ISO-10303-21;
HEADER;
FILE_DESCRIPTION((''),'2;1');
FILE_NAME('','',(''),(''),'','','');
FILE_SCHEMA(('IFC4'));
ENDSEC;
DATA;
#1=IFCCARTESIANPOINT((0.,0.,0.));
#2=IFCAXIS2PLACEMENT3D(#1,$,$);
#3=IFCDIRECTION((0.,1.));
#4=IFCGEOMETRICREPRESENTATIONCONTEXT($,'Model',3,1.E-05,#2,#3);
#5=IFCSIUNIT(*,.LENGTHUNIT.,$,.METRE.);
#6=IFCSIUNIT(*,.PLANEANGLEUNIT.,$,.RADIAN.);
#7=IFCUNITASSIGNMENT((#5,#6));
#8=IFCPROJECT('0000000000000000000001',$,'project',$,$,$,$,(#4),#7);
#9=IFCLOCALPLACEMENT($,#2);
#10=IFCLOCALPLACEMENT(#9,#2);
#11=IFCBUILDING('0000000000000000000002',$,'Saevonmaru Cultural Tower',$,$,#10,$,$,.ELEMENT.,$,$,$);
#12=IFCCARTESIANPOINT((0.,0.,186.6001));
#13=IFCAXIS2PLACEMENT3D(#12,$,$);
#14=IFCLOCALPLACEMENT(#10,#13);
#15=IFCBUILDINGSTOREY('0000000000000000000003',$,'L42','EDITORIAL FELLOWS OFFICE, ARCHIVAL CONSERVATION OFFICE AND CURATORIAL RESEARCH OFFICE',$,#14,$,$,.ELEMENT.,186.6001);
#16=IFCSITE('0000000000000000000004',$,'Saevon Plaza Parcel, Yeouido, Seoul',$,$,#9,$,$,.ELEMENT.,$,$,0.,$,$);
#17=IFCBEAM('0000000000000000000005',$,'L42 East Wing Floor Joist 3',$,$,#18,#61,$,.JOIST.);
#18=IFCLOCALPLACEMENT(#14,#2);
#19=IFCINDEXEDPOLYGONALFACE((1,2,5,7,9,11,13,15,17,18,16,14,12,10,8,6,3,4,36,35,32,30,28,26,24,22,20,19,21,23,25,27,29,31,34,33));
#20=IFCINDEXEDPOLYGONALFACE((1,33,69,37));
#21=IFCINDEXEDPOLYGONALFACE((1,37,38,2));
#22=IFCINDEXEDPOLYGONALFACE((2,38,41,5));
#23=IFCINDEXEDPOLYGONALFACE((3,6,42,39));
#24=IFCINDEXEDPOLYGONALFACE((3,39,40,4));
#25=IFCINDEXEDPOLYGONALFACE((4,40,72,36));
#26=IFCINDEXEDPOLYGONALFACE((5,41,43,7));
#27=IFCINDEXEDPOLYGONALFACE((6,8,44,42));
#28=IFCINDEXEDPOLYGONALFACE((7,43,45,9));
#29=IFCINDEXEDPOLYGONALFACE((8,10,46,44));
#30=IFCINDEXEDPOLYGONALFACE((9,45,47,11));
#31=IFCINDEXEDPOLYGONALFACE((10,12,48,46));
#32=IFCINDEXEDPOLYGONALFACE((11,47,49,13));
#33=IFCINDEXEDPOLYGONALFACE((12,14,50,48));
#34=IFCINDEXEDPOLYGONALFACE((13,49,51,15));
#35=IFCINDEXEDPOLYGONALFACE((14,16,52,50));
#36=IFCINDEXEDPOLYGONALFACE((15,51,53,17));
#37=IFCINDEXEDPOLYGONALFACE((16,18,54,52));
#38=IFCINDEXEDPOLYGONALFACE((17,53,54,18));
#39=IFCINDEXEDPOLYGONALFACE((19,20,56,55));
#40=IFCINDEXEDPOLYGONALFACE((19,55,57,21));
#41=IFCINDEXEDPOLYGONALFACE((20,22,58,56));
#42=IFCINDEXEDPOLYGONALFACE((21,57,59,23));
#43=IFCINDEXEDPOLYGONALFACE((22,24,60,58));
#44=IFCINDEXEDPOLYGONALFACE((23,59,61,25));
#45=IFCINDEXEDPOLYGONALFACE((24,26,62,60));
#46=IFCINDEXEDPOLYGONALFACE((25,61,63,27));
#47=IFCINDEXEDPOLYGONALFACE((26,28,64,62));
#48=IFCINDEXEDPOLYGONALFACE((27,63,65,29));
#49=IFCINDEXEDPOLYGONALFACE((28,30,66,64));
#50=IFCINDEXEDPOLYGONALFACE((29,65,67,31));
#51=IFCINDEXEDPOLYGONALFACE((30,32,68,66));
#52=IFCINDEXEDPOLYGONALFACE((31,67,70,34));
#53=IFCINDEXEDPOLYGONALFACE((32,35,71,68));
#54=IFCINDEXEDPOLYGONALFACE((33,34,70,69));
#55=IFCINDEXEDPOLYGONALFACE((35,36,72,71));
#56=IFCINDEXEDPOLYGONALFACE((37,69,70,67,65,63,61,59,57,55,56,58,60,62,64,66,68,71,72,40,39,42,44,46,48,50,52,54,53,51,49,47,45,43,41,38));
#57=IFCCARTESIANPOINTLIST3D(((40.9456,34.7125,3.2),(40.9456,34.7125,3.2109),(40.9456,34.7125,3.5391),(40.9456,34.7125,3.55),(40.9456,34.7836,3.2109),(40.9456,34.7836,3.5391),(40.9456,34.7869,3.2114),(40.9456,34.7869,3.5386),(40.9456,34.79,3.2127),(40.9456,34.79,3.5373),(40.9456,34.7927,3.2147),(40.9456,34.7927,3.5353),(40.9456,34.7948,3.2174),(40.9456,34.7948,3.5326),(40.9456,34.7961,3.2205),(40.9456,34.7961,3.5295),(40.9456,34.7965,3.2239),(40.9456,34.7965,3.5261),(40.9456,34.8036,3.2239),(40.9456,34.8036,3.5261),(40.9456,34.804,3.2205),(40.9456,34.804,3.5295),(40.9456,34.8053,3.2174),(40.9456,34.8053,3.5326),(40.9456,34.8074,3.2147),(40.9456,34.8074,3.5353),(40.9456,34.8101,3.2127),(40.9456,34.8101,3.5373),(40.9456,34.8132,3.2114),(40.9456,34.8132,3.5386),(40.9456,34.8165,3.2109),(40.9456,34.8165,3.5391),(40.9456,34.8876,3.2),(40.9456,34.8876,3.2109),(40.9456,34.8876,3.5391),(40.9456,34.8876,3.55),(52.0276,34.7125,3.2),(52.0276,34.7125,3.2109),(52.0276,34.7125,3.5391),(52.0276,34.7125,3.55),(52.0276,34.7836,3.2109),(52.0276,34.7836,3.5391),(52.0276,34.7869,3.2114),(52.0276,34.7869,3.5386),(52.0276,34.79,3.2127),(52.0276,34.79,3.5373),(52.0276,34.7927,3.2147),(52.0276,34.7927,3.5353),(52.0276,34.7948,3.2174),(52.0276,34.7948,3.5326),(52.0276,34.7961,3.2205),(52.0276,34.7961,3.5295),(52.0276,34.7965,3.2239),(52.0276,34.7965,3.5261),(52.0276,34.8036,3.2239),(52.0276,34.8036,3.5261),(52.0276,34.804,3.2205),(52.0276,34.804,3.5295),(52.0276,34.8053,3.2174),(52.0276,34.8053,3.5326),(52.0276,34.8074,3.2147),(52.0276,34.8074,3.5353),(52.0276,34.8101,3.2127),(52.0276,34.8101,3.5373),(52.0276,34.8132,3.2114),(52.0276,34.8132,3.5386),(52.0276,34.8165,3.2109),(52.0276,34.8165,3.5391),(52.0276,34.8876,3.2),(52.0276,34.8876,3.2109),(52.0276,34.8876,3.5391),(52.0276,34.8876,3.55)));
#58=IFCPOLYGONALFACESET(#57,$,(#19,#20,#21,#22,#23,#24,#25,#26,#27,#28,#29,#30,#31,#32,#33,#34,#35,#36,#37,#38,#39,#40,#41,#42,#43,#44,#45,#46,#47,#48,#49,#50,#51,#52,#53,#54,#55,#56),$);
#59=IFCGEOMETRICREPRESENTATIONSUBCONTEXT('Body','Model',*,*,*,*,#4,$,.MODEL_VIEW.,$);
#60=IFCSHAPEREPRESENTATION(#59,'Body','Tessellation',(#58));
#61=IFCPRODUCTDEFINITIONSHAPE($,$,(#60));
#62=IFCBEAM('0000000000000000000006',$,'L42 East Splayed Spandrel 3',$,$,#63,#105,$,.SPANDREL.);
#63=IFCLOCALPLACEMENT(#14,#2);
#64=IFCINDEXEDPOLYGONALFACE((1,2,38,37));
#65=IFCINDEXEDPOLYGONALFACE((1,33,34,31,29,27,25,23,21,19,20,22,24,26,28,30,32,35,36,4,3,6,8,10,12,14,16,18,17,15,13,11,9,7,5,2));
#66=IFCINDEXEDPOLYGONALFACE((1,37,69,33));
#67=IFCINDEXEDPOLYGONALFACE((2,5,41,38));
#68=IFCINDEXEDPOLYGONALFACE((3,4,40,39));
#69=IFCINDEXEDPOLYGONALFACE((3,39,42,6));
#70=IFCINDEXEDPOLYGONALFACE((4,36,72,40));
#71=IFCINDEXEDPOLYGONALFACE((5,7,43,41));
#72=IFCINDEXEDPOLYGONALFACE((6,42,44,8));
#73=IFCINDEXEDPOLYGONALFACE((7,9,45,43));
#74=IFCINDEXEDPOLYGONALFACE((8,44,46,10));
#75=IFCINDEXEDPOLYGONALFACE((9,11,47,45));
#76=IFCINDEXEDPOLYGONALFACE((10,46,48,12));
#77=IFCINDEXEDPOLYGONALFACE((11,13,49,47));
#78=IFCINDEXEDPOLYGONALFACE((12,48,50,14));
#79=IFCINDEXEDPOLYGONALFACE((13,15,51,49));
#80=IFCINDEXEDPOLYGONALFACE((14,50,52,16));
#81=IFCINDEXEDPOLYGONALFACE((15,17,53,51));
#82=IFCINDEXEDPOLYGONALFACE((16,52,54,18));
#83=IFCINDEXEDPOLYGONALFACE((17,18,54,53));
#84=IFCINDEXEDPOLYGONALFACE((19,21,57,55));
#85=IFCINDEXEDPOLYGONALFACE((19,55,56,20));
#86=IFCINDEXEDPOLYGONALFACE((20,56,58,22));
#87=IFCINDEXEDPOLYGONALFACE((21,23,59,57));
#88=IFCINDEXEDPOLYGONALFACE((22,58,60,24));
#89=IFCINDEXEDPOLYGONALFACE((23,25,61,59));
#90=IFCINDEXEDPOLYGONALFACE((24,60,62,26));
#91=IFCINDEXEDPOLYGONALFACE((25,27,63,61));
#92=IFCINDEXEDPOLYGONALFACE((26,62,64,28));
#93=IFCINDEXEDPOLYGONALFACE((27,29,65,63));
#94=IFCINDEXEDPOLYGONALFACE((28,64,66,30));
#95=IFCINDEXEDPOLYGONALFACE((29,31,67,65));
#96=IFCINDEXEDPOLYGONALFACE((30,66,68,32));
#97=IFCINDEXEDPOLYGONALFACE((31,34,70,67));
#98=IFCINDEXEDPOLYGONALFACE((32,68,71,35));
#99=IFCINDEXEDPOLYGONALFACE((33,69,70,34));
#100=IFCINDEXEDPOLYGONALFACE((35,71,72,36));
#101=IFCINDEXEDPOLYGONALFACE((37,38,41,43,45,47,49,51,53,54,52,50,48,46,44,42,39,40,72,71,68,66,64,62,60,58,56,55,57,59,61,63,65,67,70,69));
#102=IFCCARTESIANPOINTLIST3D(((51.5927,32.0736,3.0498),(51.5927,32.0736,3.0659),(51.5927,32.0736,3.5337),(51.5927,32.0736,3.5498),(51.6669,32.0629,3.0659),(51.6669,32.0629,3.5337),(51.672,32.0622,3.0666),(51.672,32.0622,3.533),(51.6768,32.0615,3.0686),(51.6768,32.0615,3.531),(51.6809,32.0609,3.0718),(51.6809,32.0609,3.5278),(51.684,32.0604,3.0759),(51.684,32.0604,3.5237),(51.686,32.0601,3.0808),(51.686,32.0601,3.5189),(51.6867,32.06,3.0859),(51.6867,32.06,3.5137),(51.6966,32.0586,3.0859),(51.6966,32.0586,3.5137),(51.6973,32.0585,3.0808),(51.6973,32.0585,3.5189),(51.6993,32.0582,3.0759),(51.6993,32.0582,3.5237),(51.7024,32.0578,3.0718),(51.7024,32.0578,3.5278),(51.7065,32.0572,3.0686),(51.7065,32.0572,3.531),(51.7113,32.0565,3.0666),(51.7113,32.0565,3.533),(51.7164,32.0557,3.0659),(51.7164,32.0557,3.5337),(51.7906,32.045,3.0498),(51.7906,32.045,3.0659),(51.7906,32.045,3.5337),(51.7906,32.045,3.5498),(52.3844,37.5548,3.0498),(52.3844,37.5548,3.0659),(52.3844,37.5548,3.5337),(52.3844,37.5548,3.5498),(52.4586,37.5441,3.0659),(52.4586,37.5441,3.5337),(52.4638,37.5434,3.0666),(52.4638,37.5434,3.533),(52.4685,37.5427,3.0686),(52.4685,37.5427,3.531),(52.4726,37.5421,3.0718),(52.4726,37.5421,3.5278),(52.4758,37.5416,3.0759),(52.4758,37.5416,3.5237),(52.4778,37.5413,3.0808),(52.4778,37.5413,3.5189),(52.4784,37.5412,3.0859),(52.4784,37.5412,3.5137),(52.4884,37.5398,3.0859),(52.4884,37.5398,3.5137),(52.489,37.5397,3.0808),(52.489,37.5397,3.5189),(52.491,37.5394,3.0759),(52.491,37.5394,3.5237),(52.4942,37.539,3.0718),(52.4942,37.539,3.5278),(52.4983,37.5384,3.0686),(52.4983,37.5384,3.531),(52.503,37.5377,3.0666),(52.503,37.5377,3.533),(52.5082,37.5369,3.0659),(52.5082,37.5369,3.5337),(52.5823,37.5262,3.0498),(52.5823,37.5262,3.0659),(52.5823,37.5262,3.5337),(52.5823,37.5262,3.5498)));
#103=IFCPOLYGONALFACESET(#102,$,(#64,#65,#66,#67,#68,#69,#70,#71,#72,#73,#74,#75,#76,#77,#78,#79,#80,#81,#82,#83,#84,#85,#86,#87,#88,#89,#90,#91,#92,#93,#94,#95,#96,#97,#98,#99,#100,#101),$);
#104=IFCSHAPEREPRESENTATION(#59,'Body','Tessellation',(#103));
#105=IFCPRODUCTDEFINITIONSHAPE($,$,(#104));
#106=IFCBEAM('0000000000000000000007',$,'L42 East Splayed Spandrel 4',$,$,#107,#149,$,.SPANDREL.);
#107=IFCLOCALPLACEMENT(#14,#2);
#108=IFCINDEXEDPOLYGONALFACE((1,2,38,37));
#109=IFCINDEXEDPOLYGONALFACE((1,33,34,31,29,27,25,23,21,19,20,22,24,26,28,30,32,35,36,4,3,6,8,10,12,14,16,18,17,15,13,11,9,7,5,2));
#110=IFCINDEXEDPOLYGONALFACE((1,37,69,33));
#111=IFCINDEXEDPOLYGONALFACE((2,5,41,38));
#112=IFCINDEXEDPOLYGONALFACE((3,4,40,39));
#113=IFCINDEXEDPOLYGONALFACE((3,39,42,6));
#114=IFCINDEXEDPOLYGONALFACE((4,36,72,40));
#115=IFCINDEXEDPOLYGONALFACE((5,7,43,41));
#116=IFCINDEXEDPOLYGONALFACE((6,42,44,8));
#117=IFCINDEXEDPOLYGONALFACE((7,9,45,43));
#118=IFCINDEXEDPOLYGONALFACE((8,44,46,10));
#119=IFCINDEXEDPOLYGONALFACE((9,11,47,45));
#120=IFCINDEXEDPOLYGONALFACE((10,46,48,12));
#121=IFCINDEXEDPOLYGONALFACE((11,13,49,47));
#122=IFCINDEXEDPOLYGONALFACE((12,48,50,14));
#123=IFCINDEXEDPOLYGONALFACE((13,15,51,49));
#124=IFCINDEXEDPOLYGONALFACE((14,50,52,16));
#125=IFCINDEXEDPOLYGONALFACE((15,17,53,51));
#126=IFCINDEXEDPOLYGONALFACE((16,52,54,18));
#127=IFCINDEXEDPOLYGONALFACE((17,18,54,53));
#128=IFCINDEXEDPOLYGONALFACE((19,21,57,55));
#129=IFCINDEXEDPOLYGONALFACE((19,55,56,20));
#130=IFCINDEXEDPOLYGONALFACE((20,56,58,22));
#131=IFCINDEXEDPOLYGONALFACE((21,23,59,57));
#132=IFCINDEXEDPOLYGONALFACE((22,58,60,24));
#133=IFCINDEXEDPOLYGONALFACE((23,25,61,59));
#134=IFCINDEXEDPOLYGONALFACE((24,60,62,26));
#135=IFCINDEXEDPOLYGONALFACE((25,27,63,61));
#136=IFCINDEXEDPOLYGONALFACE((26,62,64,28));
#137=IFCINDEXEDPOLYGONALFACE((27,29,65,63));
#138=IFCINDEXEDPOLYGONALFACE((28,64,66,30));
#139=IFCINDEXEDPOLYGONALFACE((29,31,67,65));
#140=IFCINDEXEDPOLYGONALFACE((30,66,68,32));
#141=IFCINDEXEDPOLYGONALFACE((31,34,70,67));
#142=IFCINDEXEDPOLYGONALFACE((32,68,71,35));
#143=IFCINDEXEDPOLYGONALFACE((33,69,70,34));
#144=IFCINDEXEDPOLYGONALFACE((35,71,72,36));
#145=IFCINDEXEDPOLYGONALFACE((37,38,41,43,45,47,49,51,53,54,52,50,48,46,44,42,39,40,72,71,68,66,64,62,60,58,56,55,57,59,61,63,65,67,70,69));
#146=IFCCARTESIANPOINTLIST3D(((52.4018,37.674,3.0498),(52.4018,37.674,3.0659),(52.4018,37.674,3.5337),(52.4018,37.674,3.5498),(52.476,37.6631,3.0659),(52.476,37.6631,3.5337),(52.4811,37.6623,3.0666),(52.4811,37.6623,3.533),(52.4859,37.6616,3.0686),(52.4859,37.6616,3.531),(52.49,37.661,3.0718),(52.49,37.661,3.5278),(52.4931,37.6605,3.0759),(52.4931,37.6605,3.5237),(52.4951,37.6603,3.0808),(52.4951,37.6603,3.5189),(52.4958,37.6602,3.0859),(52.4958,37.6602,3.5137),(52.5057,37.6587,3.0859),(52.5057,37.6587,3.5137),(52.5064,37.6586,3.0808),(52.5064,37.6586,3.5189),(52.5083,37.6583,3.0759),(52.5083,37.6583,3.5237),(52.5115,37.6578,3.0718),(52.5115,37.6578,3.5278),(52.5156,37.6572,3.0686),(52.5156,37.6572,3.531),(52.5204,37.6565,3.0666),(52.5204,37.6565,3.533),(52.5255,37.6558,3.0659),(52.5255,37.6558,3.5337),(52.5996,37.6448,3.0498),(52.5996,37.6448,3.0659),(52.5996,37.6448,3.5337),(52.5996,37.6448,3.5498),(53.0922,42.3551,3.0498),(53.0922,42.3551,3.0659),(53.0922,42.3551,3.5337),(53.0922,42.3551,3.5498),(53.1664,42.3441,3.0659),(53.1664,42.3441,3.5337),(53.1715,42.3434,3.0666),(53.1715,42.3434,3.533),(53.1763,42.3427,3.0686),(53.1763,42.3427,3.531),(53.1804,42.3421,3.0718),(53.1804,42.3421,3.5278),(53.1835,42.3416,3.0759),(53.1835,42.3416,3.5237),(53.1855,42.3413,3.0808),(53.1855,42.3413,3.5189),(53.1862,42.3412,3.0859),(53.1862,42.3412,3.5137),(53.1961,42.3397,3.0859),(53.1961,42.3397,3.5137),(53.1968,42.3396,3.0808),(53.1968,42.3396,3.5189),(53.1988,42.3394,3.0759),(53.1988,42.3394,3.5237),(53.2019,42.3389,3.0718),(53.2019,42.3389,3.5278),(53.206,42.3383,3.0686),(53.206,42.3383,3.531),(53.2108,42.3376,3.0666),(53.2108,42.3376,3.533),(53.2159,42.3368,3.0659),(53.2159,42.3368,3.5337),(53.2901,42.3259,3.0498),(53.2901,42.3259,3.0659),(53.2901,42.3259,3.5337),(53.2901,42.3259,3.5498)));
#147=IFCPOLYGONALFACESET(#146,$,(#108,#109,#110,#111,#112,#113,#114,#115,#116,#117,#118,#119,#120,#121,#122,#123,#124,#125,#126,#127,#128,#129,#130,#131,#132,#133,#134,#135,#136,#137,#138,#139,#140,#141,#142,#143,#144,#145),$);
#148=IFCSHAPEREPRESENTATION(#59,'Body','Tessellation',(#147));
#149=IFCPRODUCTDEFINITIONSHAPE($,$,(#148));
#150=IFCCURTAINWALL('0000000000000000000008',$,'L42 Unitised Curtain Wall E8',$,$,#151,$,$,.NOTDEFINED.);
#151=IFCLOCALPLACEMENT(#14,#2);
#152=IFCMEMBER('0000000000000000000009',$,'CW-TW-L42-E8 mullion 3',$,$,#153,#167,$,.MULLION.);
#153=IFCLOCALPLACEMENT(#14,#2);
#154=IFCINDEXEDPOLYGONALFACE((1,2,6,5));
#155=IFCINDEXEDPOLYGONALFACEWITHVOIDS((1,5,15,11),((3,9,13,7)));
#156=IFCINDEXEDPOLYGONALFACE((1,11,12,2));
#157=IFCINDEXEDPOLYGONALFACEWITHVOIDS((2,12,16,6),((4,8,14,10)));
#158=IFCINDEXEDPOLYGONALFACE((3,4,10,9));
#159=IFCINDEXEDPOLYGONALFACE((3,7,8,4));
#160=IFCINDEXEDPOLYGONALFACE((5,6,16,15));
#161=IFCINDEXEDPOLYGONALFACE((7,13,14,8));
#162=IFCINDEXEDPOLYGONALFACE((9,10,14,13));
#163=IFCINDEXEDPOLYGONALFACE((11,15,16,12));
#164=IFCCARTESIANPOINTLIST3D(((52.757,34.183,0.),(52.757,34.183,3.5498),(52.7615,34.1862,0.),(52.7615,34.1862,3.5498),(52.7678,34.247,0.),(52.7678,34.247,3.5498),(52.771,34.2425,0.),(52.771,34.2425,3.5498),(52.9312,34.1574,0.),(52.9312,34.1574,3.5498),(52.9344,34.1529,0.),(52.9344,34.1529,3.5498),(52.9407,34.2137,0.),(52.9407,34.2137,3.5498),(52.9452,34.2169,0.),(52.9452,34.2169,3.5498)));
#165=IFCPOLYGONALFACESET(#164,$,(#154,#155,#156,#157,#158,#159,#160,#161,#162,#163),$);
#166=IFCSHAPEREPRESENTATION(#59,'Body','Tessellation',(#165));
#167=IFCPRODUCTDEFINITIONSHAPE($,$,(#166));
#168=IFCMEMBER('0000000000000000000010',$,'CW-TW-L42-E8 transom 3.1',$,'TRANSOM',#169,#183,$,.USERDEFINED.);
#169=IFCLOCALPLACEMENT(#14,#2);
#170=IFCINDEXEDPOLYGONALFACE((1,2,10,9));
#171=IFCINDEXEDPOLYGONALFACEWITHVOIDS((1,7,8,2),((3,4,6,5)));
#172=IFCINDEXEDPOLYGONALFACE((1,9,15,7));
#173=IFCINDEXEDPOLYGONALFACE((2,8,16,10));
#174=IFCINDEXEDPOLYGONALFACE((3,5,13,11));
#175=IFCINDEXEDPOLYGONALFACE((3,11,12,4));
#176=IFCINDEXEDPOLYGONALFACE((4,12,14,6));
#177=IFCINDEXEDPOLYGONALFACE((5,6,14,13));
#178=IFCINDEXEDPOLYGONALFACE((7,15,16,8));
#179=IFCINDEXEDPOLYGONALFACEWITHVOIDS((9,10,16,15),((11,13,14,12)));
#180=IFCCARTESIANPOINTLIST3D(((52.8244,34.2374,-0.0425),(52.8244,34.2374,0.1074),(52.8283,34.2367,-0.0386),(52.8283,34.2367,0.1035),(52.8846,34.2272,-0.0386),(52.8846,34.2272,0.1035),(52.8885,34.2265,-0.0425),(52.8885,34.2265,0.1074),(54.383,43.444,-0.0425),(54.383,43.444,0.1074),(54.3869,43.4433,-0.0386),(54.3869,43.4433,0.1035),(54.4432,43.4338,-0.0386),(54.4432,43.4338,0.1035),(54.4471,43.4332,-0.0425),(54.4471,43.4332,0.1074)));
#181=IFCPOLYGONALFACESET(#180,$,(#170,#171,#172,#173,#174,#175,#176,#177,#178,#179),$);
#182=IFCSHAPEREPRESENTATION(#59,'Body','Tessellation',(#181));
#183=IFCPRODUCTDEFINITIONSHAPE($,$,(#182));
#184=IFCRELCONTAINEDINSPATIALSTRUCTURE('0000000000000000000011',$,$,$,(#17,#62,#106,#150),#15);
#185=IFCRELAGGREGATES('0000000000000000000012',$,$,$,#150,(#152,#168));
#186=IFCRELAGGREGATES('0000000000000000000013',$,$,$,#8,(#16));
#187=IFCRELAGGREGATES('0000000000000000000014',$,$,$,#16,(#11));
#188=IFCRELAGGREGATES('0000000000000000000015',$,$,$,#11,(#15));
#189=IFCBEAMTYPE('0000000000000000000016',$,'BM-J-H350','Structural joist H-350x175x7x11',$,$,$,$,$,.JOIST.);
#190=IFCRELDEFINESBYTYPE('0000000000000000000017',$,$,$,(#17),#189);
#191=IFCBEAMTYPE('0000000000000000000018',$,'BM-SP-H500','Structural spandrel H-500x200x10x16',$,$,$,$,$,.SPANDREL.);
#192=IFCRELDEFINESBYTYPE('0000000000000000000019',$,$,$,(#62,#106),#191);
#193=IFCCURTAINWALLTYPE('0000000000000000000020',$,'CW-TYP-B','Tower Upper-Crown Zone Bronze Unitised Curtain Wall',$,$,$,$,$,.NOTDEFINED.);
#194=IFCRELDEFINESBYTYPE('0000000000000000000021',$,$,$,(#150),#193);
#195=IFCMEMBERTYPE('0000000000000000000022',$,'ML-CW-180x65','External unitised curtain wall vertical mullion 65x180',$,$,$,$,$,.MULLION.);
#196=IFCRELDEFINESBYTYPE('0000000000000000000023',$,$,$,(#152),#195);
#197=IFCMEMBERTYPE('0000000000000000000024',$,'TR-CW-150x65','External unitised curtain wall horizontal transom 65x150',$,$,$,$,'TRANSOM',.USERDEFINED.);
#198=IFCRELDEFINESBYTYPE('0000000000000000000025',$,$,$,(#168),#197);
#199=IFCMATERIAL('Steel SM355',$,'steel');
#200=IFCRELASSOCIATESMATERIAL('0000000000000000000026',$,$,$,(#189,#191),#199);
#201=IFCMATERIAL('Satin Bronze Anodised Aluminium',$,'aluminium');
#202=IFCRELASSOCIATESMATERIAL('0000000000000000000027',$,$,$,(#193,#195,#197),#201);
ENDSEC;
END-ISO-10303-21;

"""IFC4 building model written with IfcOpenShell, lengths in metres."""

from ifc_helpers import new_model, si_unit, direction, frame, origin, origin_2d, place, context, subcontext, project, spatial, hollow_rectangle, i_section, extrude, material, material_profile, profile_set, type_object, element, aggregate, save


model = new_model("IFC4")

# Units and contexts
model_context = context("Model", 3, precision=1e-05, world=origin(), true_north=direction((0.0, 1.0)))
body_context = subcontext(model_context, "Body", "Model", "MODEL_VIEW")
ifc_project = project(units=[si_unit("LENGTHUNIT", "METRE"), si_unit("PLANEANGLEUNIT", "RADIAN")], contexts=[model_context])

# Site, building, storey
site_placement = place(None, origin())
site = spatial("IfcSite", under=ifc_project, at=site_placement, Name="Saevon Plaza Parcel, Yeouido, Seoul", CompositionType="ELEMENT", RefElevation=0.0)
building_placement = place(site_placement, origin())
building = spatial("IfcBuilding", under=site, at=building_placement, Name="Saevonmaru Cultural Tower", CompositionType="ELEMENT")
storey_placement = place(building_placement, frame((0.0, 0.0, 186.6001)))
storey = spatial("IfcBuildingStorey", under=building, at=storey_placement, Name="L42", Description="EDITORIAL FELLOWS OFFICE, ARCHIVAL CONSERVATION OFFICE AND CURATORIAL RESEARCH OFFICE", CompositionType="ELEMENT", Elevation=186.6001)

# Shared definitions
ifc_material_1 = material(Name="Steel SM355", Category="steel")

# Beams
ifc_material_profile_1 = material_profile(ifc_material_1, i_section(OverallWidth=0.175, OverallDepth=0.3501, WebThickness=0.0071, FlangeThickness=0.011, FilletRadius=0.0129, at=origin_2d()), Name="H-350x175x7x11")
ifc_profile_set_1 = profile_set([ifc_material_profile_1], Name="Steel SM355")
beam_type_1 = type_object("IfcBeamType", Name="BM-J-H350", Description="Structural joist H-350x175x7x11", PredefinedType="JOIST", material=ifc_profile_set_1)
beam_1_placement = place(storey_placement, frame((40.9456, 34.8, 3.375), z_axis=(1.0, 0.0, 0.0), x_axis=(0.0, 1.0, 0.0)))
element("IfcBeam", 1, at=beam_1_placement, inside=storey, type_object=beam_type_1, Name="L42 East Wing Floor Joist 3", PredefinedType="JOIST", context=body_context, shape_type="SweptSolid", body=[
    extrude(i_section(OverallWidth=0.175, OverallDepth=0.3501, WebThickness=0.0071, FlangeThickness=0.011, FilletRadius=0.0129, at=origin_2d()), origin(), (0.0, 0.0, 1.0), 11.082),
])
ifc_material_profile_2 = material_profile(ifc_material_1, i_section(OverallWidth=0.2, OverallDepth=0.5, WebThickness=0.01, FlangeThickness=0.0161, FilletRadius=0.02, at=origin_2d()), Name="H-500x200x10x16")
ifc_profile_set_2 = profile_set([ifc_material_profile_2], Name="Steel SM355")
beam_type_2 = type_object("IfcBeamType", Name="BM-SP-H500", Description="Structural spandrel H-500x200x10x16", PredefinedType="SPANDREL", material=ifc_profile_set_2)
beam_2_placement = place(storey_placement, frame((51.6917, 32.0593, 3.2998), z_axis=(0.142964, 0.989728, 0.0), x_axis=(-0.989728, 0.142964, 0.0)))
element("IfcBeam", 2, at=beam_2_placement, inside=storey, type_object=beam_type_2, Name="L42 East Splayed Spandrel 3", PredefinedType="SPANDREL", context=body_context, shape_type="SweptSolid", body=[
    extrude(i_section(OverallWidth=0.2, OverallDepth=0.5, WebThickness=0.01, FlangeThickness=0.0161, FilletRadius=0.02, at=origin_2d()), origin(), (0.0, 0.0, 1.0), 5.5381),
])
beam_3_placement = place(storey_placement, frame((52.5007, 37.6594, 3.2998), z_axis=(0.145913, 0.989297, 0.0), x_axis=(-0.989297, 0.145913, 0.0)))
element("IfcBeam", 3, at=beam_3_placement, inside=storey, type_object=beam_type_2, Name="L42 East Splayed Spandrel 4", PredefinedType="SPANDREL", context=body_context, shape_type="SweptSolid", body=[
    extrude(i_section(OverallWidth=0.2, OverallDepth=0.5, WebThickness=0.01, FlangeThickness=0.0161, FilletRadius=0.02, at=origin_2d()), origin(), (0.0, 0.0, 1.0), 4.7317),
])

# Curtain wall, members
ifc_material_2 = material(Name="Satin Bronze Anodised Aluminium", Category="aluminium")
curtain_wall_type = type_object("IfcCurtainWallType", Name="CW-TYP-B", Description="Tower Upper-Crown Zone Bronze Unitised Curtain Wall", PredefinedType="NOTDEFINED", material=ifc_material_2)
curtain_wall_placement = place(storey_placement, origin())
curtain_wall = element("IfcCurtainWall", 4, at=curtain_wall_placement, inside=storey, type_object=curtain_wall_type, Name="L42 Unitised Curtain Wall E8", PredefinedType="NOTDEFINED")
ifc_material_profile_3 = material_profile(ifc_material_2, hollow_rectangle(XDim=0.0649, YDim=0.1799, WallThickness=0.0039, at=origin_2d()), Name="ALU-MULL-180x65x4")
ifc_profile_set_3 = profile_set([ifc_material_profile_3], Name="Satin Bronze Anodised Aluminium")
member_type_1 = type_object("IfcMemberType", Name="ML-CW-180x65", Description="External unitised curtain wall vertical mullion 65x180", PredefinedType="MULLION", material=ifc_profile_set_3)
member_1_placement = place(storey_placement, frame((52.8511, 34.2, 0.0), z_axis=(0.0, 0.0, 1.0), x_axis=(0.166922, 0.98597, 0.0)))
member_1 = element("IfcMember", 5, at=member_1_placement, type_object=member_type_1, Name="CW-TW-L42-E8 mullion 3", PredefinedType="MULLION", context=body_context, shape_type="SweptSolid", body=[
    extrude(hollow_rectangle(XDim=0.0649, YDim=0.1799, WallThickness=0.0039, at=origin_2d()), origin(), (0.0, 0.0, 1.0), 3.5498),
])
ifc_material_profile_4 = material_profile(ifc_material_2, hollow_rectangle(XDim=0.0649, YDim=0.1499, WallThickness=0.0039, at=origin_2d()), Name="ALU-TRAN-150x65x4")
ifc_profile_set_4 = profile_set([ifc_material_profile_4], Name="Satin Bronze Anodised Aluminium")
member_type_2 = type_object("IfcMemberType", Name="TR-CW-150x65", Description="External unitised curtain wall horizontal transom 65x150", ElementType="TRANSOM", PredefinedType="USERDEFINED", material=ifc_profile_set_4)
member_2_placement = place(storey_placement, frame((52.8564, 34.2319, 0.0325), z_axis=(0.166917, 0.985971, 0.0), x_axis=(-0.985971, 0.166917, 0.0)))
member_2 = element("IfcMember", 6, at=member_2_placement, type_object=member_type_2, Name="CW-TW-L42-E8 transom 3.1", ObjectType="TRANSOM", PredefinedType="USERDEFINED", context=body_context, shape_type="SweptSolid", body=[
    extrude(hollow_rectangle(XDim=0.0649, YDim=0.1499, WallThickness=0.0039, at=origin_2d()), origin(), (0.0, 0.0, 1.0), 9.3376),
])
aggregate(curtain_wall, [member_1, member_2])

save(model, "model.ifc")
